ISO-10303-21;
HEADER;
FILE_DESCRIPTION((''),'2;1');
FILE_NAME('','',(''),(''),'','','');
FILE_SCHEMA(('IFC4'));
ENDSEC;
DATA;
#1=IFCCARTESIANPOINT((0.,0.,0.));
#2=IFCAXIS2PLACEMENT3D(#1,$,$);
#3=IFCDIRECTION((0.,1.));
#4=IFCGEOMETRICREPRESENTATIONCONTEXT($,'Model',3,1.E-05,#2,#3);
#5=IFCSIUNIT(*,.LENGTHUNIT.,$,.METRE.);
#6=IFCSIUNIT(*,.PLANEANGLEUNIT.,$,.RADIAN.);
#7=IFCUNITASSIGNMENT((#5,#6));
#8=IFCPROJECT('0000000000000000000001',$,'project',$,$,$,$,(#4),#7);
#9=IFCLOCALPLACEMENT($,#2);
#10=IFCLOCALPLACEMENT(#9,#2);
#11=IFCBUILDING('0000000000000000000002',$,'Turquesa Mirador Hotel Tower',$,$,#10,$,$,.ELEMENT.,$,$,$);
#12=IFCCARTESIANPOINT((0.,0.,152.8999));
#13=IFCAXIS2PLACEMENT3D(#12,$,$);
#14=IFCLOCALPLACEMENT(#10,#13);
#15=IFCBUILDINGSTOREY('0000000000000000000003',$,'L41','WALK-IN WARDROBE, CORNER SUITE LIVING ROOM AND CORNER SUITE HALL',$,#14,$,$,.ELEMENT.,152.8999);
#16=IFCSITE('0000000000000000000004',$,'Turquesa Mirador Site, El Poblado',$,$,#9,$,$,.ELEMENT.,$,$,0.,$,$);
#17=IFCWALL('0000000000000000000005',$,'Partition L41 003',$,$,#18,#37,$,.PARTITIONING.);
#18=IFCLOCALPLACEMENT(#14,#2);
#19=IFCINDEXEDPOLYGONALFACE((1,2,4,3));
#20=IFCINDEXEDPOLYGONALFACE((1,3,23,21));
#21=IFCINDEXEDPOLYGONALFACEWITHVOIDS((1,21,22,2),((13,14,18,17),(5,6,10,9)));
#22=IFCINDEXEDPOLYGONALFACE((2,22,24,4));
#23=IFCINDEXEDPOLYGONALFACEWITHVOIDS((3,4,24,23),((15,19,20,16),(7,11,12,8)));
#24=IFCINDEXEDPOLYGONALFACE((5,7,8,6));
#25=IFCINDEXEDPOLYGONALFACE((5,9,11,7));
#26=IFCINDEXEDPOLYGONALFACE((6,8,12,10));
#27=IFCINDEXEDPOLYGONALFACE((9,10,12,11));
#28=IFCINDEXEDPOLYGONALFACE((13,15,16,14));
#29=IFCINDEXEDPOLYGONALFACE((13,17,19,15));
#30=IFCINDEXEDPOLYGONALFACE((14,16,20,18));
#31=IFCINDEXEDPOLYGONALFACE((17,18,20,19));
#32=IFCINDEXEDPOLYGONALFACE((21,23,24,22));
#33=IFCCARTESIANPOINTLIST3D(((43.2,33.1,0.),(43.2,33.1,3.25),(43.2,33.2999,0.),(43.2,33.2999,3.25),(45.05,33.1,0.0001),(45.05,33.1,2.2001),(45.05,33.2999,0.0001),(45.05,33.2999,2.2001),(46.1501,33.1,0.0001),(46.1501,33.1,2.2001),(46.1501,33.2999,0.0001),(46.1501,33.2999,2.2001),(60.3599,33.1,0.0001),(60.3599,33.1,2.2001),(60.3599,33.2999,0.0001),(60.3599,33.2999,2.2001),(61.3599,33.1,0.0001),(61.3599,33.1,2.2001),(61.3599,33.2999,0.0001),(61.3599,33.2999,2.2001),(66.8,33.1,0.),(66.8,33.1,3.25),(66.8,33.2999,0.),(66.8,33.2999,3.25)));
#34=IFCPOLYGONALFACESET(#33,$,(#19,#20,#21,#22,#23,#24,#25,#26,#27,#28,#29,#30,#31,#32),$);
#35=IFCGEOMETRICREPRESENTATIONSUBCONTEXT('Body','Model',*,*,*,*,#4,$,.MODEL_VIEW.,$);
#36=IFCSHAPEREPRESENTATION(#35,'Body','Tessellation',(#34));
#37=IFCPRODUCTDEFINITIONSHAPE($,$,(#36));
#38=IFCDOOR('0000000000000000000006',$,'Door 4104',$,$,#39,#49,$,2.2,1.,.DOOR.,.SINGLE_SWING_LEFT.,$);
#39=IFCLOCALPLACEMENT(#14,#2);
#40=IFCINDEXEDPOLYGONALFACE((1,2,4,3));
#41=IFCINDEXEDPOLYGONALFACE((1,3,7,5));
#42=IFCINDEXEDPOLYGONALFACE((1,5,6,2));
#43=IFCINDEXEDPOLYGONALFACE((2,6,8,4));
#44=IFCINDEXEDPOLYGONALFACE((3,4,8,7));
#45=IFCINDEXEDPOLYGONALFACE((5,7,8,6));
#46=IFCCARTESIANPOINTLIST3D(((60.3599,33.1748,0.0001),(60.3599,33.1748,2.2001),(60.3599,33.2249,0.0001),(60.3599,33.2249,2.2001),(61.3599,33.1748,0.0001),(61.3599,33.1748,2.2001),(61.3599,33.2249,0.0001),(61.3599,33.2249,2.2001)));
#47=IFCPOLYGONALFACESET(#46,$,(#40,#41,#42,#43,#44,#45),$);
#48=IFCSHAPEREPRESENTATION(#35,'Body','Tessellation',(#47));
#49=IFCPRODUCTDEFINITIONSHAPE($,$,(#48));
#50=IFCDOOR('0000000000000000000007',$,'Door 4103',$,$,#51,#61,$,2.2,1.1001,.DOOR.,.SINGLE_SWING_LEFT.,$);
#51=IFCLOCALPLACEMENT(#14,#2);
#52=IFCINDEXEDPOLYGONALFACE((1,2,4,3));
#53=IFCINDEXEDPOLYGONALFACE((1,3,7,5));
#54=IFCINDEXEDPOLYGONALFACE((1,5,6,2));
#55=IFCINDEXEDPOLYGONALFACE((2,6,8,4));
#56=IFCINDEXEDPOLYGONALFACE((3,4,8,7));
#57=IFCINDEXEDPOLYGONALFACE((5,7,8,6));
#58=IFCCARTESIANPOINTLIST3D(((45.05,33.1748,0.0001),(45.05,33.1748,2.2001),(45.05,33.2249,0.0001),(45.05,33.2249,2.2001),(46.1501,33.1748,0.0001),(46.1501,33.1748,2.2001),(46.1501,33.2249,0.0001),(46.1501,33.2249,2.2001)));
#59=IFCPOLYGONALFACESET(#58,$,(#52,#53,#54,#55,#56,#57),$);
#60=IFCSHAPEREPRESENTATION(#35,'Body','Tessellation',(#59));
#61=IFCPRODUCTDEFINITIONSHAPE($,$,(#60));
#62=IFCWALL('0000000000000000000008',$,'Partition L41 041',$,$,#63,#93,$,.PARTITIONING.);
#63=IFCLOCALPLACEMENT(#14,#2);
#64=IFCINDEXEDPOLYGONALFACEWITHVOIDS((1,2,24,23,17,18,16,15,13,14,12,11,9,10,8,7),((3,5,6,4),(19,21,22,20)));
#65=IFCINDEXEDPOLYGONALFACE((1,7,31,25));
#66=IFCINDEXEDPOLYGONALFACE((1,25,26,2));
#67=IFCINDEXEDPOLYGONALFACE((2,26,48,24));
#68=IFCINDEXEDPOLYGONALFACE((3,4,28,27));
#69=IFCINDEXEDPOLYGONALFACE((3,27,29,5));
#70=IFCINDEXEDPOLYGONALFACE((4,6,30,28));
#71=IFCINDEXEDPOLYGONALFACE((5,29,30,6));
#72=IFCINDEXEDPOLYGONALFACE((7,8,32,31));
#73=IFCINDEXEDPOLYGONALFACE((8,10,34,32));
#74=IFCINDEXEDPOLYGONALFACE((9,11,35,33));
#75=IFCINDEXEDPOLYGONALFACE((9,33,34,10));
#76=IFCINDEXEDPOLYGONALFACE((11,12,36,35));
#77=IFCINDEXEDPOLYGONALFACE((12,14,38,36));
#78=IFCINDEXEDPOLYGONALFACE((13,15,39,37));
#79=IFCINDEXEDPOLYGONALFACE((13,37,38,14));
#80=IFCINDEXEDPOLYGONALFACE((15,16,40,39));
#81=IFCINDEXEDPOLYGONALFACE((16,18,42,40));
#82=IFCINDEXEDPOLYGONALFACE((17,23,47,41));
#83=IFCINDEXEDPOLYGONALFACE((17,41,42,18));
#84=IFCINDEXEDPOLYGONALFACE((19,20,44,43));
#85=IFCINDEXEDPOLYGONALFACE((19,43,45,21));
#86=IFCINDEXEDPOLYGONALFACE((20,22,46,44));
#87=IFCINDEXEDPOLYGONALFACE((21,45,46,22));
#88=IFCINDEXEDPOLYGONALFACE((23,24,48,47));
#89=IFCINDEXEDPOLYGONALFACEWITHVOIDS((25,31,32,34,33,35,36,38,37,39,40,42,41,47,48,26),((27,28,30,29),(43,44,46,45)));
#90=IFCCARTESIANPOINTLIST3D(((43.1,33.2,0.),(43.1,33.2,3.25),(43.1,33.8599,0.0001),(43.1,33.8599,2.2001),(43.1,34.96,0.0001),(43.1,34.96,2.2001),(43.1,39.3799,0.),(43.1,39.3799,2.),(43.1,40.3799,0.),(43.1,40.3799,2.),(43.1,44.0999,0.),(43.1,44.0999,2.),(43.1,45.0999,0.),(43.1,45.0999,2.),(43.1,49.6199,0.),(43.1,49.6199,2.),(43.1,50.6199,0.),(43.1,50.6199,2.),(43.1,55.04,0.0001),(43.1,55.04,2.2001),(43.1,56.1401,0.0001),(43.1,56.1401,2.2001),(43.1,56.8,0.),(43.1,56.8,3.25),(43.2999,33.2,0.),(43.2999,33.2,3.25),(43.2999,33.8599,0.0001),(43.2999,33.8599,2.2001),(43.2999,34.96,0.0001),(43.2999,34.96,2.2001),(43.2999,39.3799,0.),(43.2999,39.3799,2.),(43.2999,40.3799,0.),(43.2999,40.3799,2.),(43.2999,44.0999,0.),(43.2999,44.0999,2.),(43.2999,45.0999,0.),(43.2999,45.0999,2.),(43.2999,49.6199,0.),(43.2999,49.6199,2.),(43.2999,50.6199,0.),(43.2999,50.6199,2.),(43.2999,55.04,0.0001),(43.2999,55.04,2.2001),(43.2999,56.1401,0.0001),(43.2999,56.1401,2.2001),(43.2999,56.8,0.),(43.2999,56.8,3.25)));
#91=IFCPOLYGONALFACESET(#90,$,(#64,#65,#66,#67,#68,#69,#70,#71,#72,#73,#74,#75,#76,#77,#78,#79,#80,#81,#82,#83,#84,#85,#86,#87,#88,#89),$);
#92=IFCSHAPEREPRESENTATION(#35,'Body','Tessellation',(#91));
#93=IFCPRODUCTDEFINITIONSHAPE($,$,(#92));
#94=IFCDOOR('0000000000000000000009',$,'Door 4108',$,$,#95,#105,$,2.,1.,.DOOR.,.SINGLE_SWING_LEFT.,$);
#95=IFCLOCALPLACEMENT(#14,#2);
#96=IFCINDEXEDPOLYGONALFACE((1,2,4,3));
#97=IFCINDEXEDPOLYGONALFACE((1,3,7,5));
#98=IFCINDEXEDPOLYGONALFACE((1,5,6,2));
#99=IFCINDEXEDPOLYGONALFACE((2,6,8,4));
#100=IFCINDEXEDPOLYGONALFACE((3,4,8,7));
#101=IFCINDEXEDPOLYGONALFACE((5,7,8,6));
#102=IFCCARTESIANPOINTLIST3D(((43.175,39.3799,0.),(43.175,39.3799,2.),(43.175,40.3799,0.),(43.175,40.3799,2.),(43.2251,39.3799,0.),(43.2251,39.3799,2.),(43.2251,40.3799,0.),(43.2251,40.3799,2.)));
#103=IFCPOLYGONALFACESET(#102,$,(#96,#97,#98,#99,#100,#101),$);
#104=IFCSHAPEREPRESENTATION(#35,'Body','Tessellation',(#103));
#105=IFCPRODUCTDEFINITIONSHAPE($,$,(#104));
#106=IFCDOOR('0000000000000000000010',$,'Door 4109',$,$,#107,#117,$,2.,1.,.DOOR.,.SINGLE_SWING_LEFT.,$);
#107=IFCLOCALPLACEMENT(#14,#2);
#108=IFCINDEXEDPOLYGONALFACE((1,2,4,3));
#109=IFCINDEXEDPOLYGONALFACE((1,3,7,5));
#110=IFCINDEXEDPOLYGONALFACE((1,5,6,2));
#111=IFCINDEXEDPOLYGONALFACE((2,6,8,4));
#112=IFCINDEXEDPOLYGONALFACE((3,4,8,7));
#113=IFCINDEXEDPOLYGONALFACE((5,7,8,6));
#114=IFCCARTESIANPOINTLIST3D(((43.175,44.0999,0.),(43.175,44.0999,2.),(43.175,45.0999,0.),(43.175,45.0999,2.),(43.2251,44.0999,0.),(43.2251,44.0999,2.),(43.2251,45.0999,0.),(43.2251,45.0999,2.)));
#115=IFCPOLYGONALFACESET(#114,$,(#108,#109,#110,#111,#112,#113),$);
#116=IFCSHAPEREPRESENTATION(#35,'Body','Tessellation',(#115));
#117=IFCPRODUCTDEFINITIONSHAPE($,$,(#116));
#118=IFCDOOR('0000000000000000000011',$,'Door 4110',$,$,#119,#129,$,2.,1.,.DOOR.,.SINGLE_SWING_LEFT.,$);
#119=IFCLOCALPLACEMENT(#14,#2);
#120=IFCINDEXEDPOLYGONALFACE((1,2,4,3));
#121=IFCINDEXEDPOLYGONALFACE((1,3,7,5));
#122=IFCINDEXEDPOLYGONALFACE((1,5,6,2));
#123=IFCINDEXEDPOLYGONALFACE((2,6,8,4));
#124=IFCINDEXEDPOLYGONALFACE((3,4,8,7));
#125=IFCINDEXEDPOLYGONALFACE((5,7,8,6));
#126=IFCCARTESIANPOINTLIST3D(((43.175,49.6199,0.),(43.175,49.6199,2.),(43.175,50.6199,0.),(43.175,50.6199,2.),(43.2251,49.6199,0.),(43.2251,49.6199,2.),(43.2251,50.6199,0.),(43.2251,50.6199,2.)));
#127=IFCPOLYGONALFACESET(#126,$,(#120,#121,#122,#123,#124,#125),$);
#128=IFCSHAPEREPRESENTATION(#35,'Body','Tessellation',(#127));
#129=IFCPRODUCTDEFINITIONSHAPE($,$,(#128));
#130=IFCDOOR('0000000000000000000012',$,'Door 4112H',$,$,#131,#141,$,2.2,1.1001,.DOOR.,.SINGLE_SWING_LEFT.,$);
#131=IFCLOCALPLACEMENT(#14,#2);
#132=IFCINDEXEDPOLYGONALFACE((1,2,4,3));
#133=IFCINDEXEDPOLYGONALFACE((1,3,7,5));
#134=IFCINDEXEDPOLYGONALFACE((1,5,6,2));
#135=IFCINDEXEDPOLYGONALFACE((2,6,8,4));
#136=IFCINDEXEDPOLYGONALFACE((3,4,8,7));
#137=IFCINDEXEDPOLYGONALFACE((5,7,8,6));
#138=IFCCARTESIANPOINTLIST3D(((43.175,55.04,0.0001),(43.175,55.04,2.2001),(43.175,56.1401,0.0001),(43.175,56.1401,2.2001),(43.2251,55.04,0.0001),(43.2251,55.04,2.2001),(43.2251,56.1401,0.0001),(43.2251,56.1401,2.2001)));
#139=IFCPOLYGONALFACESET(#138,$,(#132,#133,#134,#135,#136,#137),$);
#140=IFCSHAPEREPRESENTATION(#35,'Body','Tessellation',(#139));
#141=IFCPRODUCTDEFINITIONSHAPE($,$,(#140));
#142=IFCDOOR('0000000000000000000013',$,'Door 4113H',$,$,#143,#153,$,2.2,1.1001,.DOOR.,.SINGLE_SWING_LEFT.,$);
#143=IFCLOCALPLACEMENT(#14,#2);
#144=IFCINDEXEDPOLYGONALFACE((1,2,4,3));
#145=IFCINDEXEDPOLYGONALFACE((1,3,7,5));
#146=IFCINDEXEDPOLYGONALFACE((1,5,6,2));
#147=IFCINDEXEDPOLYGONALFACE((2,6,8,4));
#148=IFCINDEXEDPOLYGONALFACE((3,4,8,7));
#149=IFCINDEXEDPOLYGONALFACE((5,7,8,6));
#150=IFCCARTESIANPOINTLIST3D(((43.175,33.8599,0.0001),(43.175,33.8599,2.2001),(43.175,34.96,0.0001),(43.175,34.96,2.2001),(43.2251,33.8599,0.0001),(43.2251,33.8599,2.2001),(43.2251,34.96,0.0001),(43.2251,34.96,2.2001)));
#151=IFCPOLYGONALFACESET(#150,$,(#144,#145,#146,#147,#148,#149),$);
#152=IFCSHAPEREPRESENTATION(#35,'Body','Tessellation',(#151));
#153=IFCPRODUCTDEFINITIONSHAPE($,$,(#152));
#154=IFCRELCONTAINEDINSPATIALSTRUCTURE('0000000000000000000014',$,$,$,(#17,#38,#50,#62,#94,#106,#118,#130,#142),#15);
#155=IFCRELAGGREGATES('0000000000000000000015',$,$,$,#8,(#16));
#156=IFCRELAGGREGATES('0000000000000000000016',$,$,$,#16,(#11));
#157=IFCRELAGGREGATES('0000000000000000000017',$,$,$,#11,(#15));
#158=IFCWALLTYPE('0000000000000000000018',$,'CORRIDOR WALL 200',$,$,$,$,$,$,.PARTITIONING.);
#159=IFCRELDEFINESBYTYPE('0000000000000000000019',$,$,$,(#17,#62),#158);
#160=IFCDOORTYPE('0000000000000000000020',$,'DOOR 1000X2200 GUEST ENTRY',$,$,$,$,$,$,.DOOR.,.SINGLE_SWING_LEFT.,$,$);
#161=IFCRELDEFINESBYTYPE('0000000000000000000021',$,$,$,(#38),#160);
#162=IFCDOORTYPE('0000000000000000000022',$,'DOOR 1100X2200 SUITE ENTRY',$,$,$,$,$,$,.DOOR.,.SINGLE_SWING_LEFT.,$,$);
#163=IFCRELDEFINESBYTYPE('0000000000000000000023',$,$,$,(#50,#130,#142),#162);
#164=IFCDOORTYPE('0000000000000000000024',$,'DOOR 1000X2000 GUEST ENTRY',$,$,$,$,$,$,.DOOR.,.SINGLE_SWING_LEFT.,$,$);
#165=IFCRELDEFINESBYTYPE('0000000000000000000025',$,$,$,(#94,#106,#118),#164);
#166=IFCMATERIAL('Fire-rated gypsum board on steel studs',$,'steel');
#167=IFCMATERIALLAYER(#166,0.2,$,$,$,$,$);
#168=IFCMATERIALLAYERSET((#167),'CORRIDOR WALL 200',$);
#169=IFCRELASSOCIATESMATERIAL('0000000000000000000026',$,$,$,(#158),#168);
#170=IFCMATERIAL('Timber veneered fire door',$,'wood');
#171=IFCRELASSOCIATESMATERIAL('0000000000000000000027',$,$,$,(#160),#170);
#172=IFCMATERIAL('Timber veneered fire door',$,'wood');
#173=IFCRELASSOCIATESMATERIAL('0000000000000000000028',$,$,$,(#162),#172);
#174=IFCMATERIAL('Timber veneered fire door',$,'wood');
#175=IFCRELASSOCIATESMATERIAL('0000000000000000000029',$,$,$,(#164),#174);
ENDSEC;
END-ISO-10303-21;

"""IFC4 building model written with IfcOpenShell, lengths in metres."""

from ifc_helpers import new_model, si_unit, direction, frame, frame_2d, origin, place, context, subcontext, project, spatial, rectangle, extrude, material, layer, layer_set, type_object, element, fill, save


model = new_model("IFC4")

# Units and contexts
model_context = context("Model", 3, precision=1e-05, world=origin(), true_north=direction((0.0, 1.0)))
body_context = subcontext(model_context, "Body", "Model", "MODEL_VIEW")
ifc_project = project(units=[si_unit("LENGTHUNIT", "METRE"), si_unit("PLANEANGLEUNIT", "RADIAN")], contexts=[model_context])

# Site, building, storey
site_placement = place(None, origin())
site = spatial("IfcSite", under=ifc_project, at=site_placement, Name="Turquesa Mirador Site, El Poblado", CompositionType="ELEMENT", RefElevation=0.0)
building_placement = place(site_placement, origin())
building = spatial("IfcBuilding", under=site, at=building_placement, Name="Turquesa Mirador Hotel Tower", CompositionType="ELEMENT")
storey_placement = place(building_placement, frame((0.0, 0.0, 152.8999)))
storey = spatial("IfcBuildingStorey", under=building, at=storey_placement, Name="L41", Description="WALK-IN WARDROBE, CORNER SUITE LIVING ROOM AND CORNER SUITE HALL", CompositionType="ELEMENT", Elevation=152.8999)

# Walls, openings, doors
ifc_material_1 = material(Name="Fire-rated gypsum board on steel studs", Category="steel")
ifc_layer_1 = layer(ifc_material_1, 0.2)
ifc_layer_set_1 = layer_set([ifc_layer_1], Name="CORRIDOR WALL 200")
wall_type_1 = type_object("IfcWallType", Name="CORRIDOR WALL 200", PredefinedType="PARTITIONING", material=ifc_layer_set_1)
wall_1_placement = place(storey_placement, frame((43.2, 33.2, 0.0), z_axis=(0.0, 0.0, 1.0), x_axis=(1.0, 0.0, 0.0)))
wall_1 = element("IfcWall", 1, at=wall_1_placement, inside=storey, type_object=wall_type_1, Name="Partition L41 003", PredefinedType="PARTITIONING", context=body_context, shape_type="SweptSolid", body=[
    extrude(rectangle(XDim=23.6001, YDim=0.2, at=frame_2d((11.8, 0.0))), origin(), (0.0, 0.0, 1.0), 3.25),
])
opening_1_placement = place(wall_1_placement, frame((1.8501, 0.0, 0.0)))
opening_1 = element("IfcOpeningElement", 2, at=opening_1_placement, cuts=wall_1, PredefinedType="OPENING", context=body_context, shape_type="SweptSolid", body=[
    extrude(rectangle(XDim=1.1001, YDim=2.2, at=frame_2d((0.55, 1.1001))), frame((0.0, 0.1099, 0.0), z_axis=(0.0, -1.0, 0.0), x_axis=(1.0, 0.0, 0.0)), (0.0, 0.0, 1.0), 0.22),
])
opening_2_placement = place(wall_1_placement, frame((17.1599, 0.0, 0.0)))
opening_2 = element("IfcOpeningElement", 3, at=opening_2_placement, cuts=wall_1, PredefinedType="OPENING", context=body_context, shape_type="SweptSolid", body=[
    extrude(rectangle(XDim=1.0, YDim=2.2, at=frame_2d((0.5, 1.1001))), frame((0.0, 0.1099, 0.0), z_axis=(0.0, -1.0, 0.0), x_axis=(1.0, 0.0, 0.0)), (0.0, 0.0, 1.0), 0.22),
])
ifc_material_2 = material(Name="Timber veneered fire door", Category="wood")
door_type_1 = type_object("IfcDoorType", Name="DOOR 1000X2200 GUEST ENTRY", OperationType="SINGLE_SWING_LEFT", PredefinedType="DOOR", material=ifc_material_2)
door_1_placement = place(opening_2_placement, origin())
door_1 = element("IfcDoor", 4, at=door_1_placement, inside=storey, type_object=door_type_1, Name="Door 4104", OperationType="SINGLE_SWING_LEFT", OverallHeight=2.2, OverallWidth=1.0, PredefinedType="DOOR", context=body_context, shape_type="SweptSolid", body=[
    extrude(rectangle(XDim=1.0, YDim=2.2, at=frame_2d((0.5, 1.1001))), frame((0.0, 0.0249, 0.0), z_axis=(0.0, -1.0, 0.0), x_axis=(1.0, 0.0, 0.0)), (0.0, 0.0, 1.0), 0.05),
])
fill(opening_2, door_1)
ifc_material_3 = material(Name="Timber veneered fire door", Category="wood")
door_type_2 = type_object("IfcDoorType", Name="DOOR 1100X2200 SUITE ENTRY", OperationType="SINGLE_SWING_LEFT", PredefinedType="DOOR", material=ifc_material_3)
door_2_placement = place(opening_1_placement, origin())
door_2 = element("IfcDoor", 5, at=door_2_placement, inside=storey, type_object=door_type_2, Name="Door 4103", OperationType="SINGLE_SWING_LEFT", OverallHeight=2.2, OverallWidth=1.1001, PredefinedType="DOOR", context=body_context, shape_type="SweptSolid", body=[
    extrude(rectangle(XDim=1.1001, YDim=2.2, at=frame_2d((0.55, 1.1001))), frame((0.0, 0.0249, 0.0), z_axis=(0.0, -1.0, 0.0), x_axis=(1.0, 0.0, 0.0)), (0.0, 0.0, 1.0), 0.05),
])
fill(opening_1, door_2)
wall_2_placement = place(storey_placement, frame((43.2, 33.2, 0.0), z_axis=(0.0, 0.0, 1.0), x_axis=(0.0, 1.0, 0.0)))
wall_2 = element("IfcWall", 6, at=wall_2_placement, inside=storey, type_object=wall_type_1, Name="Partition L41 041", PredefinedType="PARTITIONING", context=body_context, shape_type="SweptSolid", body=[
    extrude(rectangle(XDim=23.6001, YDim=0.2, at=frame_2d((11.8, 0.0))), origin(), (0.0, 0.0, 1.0), 3.25),
])
opening_3_placement = place(wall_2_placement, frame((6.1799, 0.0, 0.0)))
opening_3 = element("IfcOpeningElement", 7, at=opening_3_placement, cuts=wall_2, PredefinedType="OPENING", context=body_context, shape_type="SweptSolid", body=[
    extrude(rectangle(XDim=1.0, YDim=2.0, at=frame_2d((0.5, 1.0))), frame((0.0, 0.1099, 0.0), z_axis=(0.0, -1.0, 0.0), x_axis=(1.0, 0.0, 0.0)), (0.0, 0.0, 1.0), 0.22),
])
opening_4_placement = place(wall_2_placement, frame((10.8999, 0.0, 0.0)))
opening_4 = element("IfcOpeningElement", 8, at=opening_4_placement, cuts=wall_2, PredefinedType="OPENING", context=body_context, shape_type="SweptSolid", body=[
    extrude(rectangle(XDim=1.0, YDim=2.0, at=frame_2d((0.5, 1.0))), frame((0.0, 0.1099, 0.0), z_axis=(0.0, -1.0, 0.0), x_axis=(1.0, 0.0, 0.0)), (0.0, 0.0, 1.0), 0.22),
])
opening_5_placement = place(wall_2_placement, frame((16.4199, 0.0, 0.0)))
opening_5 = element("IfcOpeningElement", 9, at=opening_5_placement, cuts=wall_2, PredefinedType="OPENING", context=body_context, shape_type="SweptSolid", body=[
    extrude(rectangle(XDim=1.0, YDim=2.0, at=frame_2d((0.5, 1.0))), frame((0.0, 0.1099, 0.0), z_axis=(0.0, -1.0, 0.0), x_axis=(1.0, 0.0, 0.0)), (0.0, 0.0, 1.0), 0.22),
])
opening_6_placement = place(wall_2_placement, frame((21.8401, 0.0, 0.0)))
opening_6 = element("IfcOpeningElement", 10, at=opening_6_placement, cuts=wall_2, PredefinedType="OPENING", context=body_context, shape_type="SweptSolid", body=[
    extrude(rectangle(XDim=1.1001, YDim=2.2, at=frame_2d((0.55, 1.1001))), frame((0.0, 0.1099, 0.0), z_axis=(0.0, -1.0, 0.0), x_axis=(1.0, 0.0, 0.0)), (0.0, 0.0, 1.0), 0.22),
])
opening_7_placement = place(wall_2_placement, frame((0.6599, 0.0, 0.0)))
opening_7 = element("IfcOpeningElement", 11, at=opening_7_placement, cuts=wall_2, PredefinedType="OPENING", context=body_context, shape_type="SweptSolid", body=[
    extrude(rectangle(XDim=1.1001, YDim=2.2, at=frame_2d((0.55, 1.1001))), frame((0.0, 0.1099, 0.0), z_axis=(0.0, -1.0, 0.0), x_axis=(1.0, 0.0, 0.0)), (0.0, 0.0, 1.0), 0.22),
])
ifc_material_4 = material(Name="Timber veneered fire door", Category="wood")
door_type_3 = type_object("IfcDoorType", Name="DOOR 1000X2000 GUEST ENTRY", OperationType="SINGLE_SWING_LEFT", PredefinedType="DOOR", material=ifc_material_4)
door_3_placement = place(opening_3_placement, origin())
door_3 = element("IfcDoor", 12, at=door_3_placement, inside=storey, type_object=door_type_3, Name="Door 4108", OperationType="SINGLE_SWING_LEFT", OverallHeight=2.0, OverallWidth=1.0, PredefinedType="DOOR", context=body_context, shape_type="SweptSolid", body=[
    extrude(rectangle(XDim=1.0, YDim=2.0, at=frame_2d((0.5, 1.0))), frame((0.0, 0.0249, 0.0), z_axis=(0.0, -1.0, 0.0), x_axis=(1.0, 0.0, 0.0)), (0.0, 0.0, 1.0), 0.05),
])
fill(opening_3, door_3)
door_4_placement = place(opening_4_placement, origin())
door_4 = element("IfcDoor", 13, at=door_4_placement, inside=storey, type_object=door_type_3, Name="Door 4109", OperationType="SINGLE_SWING_LEFT", OverallHeight=2.0, OverallWidth=1.0, PredefinedType="DOOR", context=body_context, shape_type="SweptSolid", body=[
    extrude(rectangle(XDim=1.0, YDim=2.0, at=frame_2d((0.5, 1.0))), frame((0.0, 0.0249, 0.0), z_axis=(0.0, -1.0, 0.0), x_axis=(1.0, 0.0, 0.0)), (0.0, 0.0, 1.0), 0.05),
])
fill(opening_4, door_4)
door_5_placement = place(opening_5_placement, origin())
door_5 = element("IfcDoor", 14, at=door_5_placement, inside=storey, type_object=door_type_3, Name="Door 4110", OperationType="SINGLE_SWING_LEFT", OverallHeight=2.0, OverallWidth=1.0, PredefinedType="DOOR", context=body_context, shape_type="SweptSolid", body=[
    extrude(rectangle(XDim=1.0, YDim=2.0, at=frame_2d((0.5, 1.0))), frame((0.0, 0.0249, 0.0), z_axis=(0.0, -1.0, 0.0), x_axis=(1.0, 0.0, 0.0)), (0.0, 0.0, 1.0), 0.05),
])
fill(opening_5, door_5)
door_6_placement = place(opening_6_placement, origin())
door_6 = element("IfcDoor", 15, at=door_6_placement, inside=storey, type_object=door_type_2, Name="Door 4112H", OperationType="SINGLE_SWING_LEFT", OverallHeight=2.2, OverallWidth=1.1001, PredefinedType="DOOR", context=body_context, shape_type="SweptSolid", body=[
    extrude(rectangle(XDim=1.1001, YDim=2.2, at=frame_2d((0.55, 1.1001))), frame((0.0, 0.0249, 0.0), z_axis=(0.0, -1.0, 0.0), x_axis=(1.0, 0.0, 0.0)), (0.0, 0.0, 1.0), 0.05),
])
fill(opening_6, door_6)
door_7_placement = place(opening_7_placement, origin())
door_7 = element("IfcDoor", 16, at=door_7_placement, inside=storey, type_object=door_type_2, Name="Door 4113H", OperationType="SINGLE_SWING_LEFT", OverallHeight=2.2, OverallWidth=1.1001, PredefinedType="DOOR", context=body_context, shape_type="SweptSolid", body=[
    extrude(rectangle(XDim=1.1001, YDim=2.2, at=frame_2d((0.55, 1.1001))), frame((0.0, 0.0249, 0.0), z_axis=(0.0, -1.0, 0.0), x_axis=(1.0, 0.0, 0.0)), (0.0, 0.0, 1.0), 0.05),
])
fill(opening_7, door_7)

save(model, "model.ifc")
